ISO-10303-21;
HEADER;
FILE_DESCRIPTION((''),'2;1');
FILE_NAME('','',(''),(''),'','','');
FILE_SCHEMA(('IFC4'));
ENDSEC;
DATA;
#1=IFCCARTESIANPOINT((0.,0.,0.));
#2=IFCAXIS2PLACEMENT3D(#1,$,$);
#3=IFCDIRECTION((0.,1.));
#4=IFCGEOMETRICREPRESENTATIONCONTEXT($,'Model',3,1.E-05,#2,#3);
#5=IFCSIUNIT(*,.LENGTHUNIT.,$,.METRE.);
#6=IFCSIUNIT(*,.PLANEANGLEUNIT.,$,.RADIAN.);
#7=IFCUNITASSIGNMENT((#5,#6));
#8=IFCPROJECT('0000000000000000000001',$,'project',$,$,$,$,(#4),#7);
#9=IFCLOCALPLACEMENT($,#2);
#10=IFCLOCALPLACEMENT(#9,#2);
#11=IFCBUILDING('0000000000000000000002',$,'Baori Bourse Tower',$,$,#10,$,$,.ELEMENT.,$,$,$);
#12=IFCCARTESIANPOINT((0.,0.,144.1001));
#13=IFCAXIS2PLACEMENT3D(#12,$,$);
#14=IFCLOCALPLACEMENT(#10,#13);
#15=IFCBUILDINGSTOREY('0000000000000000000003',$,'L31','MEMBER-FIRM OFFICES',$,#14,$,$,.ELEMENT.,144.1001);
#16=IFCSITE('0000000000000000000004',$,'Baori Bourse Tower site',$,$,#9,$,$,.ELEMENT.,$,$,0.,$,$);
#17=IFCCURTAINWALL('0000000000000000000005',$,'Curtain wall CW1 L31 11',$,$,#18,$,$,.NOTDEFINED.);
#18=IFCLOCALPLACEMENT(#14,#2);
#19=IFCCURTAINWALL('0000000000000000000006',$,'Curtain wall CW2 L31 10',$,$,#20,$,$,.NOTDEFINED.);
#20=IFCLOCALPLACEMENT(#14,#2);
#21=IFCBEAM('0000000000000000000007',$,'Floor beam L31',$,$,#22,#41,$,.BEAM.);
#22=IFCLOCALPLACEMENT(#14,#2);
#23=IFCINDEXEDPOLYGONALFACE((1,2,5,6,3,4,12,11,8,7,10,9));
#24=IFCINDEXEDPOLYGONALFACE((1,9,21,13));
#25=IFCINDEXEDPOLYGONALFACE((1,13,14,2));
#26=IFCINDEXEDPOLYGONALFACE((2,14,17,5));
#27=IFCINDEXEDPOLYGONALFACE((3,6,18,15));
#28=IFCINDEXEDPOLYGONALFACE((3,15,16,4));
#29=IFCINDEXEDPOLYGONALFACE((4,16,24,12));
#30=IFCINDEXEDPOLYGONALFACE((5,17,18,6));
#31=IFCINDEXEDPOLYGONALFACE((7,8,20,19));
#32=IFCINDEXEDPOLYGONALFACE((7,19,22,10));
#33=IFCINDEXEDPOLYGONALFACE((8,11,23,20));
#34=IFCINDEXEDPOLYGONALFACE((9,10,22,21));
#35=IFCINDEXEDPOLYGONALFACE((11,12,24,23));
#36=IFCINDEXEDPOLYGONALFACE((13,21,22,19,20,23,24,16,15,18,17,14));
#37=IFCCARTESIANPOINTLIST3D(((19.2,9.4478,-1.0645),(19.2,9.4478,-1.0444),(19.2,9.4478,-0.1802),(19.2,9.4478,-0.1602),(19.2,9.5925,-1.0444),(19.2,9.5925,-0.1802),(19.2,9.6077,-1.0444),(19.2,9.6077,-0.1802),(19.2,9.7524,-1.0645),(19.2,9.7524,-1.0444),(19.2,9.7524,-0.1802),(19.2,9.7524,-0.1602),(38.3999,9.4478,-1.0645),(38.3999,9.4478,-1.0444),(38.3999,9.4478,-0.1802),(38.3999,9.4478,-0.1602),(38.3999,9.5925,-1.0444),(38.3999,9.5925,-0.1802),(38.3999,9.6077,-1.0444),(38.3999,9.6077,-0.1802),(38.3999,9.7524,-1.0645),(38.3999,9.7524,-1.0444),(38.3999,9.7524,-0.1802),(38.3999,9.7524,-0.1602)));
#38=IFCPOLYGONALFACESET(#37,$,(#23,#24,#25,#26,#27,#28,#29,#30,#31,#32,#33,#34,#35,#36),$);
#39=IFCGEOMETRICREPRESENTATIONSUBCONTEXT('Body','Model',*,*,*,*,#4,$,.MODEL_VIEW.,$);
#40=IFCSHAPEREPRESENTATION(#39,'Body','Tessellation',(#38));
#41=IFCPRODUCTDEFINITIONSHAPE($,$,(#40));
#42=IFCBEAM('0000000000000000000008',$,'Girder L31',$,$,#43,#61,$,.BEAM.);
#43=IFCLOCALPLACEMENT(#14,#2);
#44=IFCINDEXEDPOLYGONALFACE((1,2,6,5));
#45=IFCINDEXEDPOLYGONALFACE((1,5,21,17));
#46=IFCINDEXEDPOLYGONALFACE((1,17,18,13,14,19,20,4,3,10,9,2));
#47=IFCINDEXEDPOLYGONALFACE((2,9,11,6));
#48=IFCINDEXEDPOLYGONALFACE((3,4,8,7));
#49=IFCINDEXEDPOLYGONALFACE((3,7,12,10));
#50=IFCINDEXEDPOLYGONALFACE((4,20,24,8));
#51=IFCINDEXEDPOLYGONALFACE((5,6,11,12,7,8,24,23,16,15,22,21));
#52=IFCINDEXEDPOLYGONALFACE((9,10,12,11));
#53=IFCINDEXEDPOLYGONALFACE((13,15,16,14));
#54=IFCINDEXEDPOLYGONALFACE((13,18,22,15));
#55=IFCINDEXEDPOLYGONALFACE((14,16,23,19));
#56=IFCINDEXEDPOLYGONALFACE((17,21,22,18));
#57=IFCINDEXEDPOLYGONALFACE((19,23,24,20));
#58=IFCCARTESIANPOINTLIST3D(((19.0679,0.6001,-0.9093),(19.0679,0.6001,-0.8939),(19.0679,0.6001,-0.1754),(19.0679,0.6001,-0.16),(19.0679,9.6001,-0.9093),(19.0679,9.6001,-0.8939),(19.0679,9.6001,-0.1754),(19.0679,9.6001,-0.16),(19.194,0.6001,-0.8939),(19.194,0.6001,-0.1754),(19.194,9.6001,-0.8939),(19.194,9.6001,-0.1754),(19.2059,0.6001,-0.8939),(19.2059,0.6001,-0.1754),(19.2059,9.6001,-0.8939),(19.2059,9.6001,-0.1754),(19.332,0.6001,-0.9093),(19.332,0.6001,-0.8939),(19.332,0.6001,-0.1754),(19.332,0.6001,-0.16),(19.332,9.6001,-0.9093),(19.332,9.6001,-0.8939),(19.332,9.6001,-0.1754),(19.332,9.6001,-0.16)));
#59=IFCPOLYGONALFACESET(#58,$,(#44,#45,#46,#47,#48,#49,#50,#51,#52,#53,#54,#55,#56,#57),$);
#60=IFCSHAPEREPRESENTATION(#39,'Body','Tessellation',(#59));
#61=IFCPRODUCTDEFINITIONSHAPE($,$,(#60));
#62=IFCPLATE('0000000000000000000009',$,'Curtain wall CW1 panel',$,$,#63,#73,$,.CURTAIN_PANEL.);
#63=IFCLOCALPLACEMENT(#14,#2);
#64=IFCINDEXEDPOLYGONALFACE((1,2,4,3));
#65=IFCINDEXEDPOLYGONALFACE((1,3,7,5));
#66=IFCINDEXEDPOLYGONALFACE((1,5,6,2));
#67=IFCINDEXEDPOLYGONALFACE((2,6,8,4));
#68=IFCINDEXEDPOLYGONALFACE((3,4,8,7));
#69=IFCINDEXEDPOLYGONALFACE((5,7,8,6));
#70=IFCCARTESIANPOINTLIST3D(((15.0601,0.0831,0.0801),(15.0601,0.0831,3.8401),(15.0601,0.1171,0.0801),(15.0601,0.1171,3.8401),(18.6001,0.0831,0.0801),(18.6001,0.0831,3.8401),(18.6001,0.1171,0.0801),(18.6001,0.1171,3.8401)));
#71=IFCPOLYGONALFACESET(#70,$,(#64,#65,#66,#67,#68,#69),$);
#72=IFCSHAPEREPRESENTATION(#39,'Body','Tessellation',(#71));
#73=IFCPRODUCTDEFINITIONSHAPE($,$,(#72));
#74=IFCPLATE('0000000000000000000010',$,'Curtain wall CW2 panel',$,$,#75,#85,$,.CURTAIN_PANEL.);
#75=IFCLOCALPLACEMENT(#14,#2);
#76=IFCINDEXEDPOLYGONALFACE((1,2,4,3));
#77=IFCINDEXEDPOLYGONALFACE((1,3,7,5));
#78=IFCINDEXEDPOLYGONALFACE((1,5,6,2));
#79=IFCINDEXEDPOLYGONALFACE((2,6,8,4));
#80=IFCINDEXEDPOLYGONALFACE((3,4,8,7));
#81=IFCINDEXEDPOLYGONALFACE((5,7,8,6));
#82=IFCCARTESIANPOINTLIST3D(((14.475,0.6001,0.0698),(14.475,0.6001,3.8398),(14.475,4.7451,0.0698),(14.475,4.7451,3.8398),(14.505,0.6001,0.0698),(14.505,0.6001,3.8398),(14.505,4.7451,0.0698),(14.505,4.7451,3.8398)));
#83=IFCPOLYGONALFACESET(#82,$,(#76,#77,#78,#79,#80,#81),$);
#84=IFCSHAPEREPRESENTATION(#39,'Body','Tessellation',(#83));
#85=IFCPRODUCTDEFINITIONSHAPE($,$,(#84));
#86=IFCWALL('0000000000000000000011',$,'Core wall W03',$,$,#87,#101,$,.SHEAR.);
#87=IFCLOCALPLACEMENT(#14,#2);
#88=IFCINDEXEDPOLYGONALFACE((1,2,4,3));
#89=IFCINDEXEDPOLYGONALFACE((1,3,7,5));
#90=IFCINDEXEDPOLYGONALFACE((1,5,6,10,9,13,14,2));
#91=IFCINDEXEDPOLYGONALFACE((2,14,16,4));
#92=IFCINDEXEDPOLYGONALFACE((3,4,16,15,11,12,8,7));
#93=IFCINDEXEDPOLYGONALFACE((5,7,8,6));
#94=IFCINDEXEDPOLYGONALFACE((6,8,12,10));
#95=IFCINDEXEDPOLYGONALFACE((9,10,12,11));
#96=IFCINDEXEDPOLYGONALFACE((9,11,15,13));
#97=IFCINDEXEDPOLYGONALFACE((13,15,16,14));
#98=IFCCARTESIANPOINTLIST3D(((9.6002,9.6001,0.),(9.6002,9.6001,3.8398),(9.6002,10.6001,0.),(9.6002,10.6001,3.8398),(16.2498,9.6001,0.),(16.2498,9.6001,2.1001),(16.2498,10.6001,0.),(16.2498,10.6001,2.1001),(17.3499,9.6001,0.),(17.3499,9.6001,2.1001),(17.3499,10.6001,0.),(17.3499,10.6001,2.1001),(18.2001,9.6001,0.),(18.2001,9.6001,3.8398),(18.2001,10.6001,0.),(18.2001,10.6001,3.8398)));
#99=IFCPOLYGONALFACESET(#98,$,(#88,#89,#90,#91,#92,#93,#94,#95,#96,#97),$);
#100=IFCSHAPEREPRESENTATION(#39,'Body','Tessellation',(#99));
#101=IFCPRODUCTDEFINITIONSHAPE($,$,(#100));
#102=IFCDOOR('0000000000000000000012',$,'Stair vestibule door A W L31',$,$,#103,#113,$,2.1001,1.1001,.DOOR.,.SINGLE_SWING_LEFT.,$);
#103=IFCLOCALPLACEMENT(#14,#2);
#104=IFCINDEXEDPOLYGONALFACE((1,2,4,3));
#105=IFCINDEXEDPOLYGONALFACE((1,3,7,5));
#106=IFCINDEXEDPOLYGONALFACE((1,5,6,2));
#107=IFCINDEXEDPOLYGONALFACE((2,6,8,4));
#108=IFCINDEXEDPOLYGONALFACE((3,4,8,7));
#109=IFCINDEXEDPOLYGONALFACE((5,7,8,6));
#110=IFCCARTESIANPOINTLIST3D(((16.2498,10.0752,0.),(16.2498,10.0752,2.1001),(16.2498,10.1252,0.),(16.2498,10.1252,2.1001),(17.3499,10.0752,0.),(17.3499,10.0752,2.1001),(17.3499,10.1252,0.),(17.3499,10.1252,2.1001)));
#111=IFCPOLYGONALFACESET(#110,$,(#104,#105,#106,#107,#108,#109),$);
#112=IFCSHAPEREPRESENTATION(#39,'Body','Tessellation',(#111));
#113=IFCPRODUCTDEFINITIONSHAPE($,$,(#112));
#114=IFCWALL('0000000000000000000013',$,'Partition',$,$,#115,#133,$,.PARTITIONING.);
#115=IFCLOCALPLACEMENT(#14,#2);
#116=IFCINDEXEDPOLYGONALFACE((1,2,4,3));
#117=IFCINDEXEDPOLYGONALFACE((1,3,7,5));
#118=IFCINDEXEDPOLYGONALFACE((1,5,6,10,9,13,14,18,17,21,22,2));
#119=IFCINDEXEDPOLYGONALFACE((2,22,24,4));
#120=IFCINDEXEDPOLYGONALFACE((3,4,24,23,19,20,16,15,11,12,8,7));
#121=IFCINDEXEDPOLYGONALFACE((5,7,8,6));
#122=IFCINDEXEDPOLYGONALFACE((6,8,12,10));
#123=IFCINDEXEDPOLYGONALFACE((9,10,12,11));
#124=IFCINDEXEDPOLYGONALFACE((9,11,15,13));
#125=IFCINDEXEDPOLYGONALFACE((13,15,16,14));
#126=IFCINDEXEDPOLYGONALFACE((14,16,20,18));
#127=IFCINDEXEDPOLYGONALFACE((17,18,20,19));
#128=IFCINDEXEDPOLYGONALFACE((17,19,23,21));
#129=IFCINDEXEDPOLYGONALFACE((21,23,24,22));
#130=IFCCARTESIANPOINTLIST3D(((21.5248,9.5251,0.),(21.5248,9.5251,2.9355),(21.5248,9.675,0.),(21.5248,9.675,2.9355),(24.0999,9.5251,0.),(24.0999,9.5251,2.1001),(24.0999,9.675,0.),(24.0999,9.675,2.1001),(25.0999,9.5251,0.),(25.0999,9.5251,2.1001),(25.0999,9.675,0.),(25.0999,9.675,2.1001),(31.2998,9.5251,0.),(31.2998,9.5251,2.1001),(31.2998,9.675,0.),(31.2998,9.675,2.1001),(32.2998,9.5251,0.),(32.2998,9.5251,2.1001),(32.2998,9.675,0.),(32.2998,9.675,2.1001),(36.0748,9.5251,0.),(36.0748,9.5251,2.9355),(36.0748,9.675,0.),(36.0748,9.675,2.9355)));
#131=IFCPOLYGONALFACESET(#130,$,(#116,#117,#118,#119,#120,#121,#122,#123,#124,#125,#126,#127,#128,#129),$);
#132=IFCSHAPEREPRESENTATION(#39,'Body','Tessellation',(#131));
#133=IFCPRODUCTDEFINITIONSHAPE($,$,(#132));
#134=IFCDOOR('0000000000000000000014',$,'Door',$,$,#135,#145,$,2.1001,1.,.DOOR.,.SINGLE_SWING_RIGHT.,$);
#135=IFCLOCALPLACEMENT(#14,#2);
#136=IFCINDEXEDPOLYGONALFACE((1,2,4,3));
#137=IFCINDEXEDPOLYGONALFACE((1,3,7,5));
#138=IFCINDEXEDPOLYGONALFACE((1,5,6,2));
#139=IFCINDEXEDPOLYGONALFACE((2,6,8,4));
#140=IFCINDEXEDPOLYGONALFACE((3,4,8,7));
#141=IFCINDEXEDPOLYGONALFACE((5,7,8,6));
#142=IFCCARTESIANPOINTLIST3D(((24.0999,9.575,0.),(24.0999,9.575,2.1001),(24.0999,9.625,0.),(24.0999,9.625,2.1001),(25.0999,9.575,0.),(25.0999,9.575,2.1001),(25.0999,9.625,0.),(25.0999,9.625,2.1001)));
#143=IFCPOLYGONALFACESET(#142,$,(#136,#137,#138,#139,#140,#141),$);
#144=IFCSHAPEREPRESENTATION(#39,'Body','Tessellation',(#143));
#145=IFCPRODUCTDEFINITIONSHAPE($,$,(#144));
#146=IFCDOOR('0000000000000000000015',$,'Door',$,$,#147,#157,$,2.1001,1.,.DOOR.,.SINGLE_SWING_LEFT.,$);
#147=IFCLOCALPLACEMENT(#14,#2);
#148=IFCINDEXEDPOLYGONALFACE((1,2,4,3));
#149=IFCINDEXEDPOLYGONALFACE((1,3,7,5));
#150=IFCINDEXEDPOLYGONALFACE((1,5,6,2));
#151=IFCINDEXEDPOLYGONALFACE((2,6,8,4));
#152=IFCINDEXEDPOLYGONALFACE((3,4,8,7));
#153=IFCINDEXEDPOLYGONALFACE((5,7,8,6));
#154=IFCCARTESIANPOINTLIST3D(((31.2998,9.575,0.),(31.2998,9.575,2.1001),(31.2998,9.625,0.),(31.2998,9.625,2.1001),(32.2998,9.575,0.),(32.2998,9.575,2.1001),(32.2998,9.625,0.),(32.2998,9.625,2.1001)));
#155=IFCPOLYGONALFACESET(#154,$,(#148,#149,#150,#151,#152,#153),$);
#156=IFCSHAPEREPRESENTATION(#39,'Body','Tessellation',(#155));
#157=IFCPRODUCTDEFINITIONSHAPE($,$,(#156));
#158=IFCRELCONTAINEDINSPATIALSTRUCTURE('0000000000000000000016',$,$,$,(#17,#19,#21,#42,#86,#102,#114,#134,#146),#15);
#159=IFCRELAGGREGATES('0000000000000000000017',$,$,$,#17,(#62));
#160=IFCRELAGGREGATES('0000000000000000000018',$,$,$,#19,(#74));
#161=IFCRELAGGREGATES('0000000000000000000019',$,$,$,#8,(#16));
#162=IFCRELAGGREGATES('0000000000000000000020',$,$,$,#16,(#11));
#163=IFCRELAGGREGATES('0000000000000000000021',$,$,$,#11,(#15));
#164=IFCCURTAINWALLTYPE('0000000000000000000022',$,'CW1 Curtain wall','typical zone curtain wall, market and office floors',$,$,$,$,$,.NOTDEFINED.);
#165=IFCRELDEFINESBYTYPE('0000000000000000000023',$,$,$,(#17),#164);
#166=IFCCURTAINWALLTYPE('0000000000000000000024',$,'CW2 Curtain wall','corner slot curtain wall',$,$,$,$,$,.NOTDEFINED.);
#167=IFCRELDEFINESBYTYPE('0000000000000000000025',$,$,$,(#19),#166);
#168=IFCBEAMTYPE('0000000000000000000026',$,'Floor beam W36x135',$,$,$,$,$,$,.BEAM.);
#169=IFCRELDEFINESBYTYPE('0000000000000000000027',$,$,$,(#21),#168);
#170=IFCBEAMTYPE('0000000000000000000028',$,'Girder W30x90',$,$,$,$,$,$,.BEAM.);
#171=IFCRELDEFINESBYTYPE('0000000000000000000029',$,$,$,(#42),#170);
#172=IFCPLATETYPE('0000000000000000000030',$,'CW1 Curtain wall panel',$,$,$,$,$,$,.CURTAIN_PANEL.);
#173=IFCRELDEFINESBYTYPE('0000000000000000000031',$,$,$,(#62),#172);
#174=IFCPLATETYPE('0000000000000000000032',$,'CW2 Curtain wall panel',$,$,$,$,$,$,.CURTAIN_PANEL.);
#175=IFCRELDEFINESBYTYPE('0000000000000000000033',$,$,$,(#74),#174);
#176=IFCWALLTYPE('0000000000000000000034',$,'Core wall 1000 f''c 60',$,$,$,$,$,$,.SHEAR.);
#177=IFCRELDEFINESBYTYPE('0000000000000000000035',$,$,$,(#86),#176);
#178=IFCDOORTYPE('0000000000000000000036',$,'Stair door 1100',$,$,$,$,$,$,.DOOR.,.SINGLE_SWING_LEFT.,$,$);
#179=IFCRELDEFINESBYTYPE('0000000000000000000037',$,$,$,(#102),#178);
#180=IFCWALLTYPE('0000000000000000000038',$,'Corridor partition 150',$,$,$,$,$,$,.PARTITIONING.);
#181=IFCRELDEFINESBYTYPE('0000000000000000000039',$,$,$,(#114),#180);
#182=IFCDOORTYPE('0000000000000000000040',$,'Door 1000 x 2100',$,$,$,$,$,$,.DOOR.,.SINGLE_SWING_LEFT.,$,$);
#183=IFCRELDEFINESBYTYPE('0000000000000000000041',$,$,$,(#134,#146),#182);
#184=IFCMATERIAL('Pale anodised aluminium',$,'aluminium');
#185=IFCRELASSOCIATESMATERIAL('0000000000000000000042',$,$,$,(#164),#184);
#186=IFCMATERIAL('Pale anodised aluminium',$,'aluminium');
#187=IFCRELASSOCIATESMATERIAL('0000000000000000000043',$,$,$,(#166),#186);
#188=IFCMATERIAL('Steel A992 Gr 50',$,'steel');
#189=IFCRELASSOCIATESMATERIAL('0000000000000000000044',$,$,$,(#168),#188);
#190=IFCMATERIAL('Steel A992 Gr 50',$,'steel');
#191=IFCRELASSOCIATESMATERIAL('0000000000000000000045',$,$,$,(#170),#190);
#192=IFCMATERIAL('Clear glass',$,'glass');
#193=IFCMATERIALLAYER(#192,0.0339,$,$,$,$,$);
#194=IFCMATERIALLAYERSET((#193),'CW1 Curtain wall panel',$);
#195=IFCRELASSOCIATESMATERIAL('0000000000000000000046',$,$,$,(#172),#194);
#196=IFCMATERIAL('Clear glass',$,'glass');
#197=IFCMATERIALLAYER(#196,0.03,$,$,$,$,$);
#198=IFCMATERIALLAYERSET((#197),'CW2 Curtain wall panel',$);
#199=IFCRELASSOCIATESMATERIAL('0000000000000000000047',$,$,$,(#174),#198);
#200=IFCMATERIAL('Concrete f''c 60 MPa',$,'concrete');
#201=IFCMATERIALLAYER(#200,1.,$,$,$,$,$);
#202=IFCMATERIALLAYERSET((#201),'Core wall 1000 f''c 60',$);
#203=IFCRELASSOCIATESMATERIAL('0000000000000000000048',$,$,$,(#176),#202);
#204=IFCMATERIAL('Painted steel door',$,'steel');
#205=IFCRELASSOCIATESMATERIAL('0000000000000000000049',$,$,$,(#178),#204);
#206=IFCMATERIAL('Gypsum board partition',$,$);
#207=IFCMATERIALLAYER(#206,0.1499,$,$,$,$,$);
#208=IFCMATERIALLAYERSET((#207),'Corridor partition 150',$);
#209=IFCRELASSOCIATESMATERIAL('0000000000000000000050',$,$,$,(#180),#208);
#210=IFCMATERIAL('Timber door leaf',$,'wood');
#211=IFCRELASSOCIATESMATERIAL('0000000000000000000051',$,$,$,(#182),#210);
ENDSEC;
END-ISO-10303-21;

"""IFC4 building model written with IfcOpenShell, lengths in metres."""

from ifc_helpers import new_model, si_unit, direction, frame, frame_2d, origin, origin_2d, place, context, subcontext, project, spatial, rectangle, i_section, extrude, material, layer, layer_set, material_profile, profile_set, type_object, element, fill, aggregate, save


model = new_model("IFC4")

# Units and contexts
model_context = context("Model", 3, precision=1e-05, world=origin(), true_north=direction((0.0, 1.0)))
body_context = subcontext(model_context, "Body", "Model", "MODEL_VIEW")
ifc_project = project(units=[si_unit("LENGTHUNIT", "METRE"), si_unit("PLANEANGLEUNIT", "RADIAN")], contexts=[model_context])

# Site, building, storey
site_placement = place(None, origin())
site = spatial("IfcSite", under=ifc_project, at=site_placement, Name="Baori Bourse Tower site", CompositionType="ELEMENT", RefElevation=0.0)
building_placement = place(site_placement, origin())
building = spatial("IfcBuilding", under=site, at=building_placement, Name="Baori Bourse Tower", CompositionType="ELEMENT")
storey_placement = place(building_placement, frame((0.0, 0.0, 144.1001)))
storey = spatial("IfcBuildingStorey", under=building, at=storey_placement, Name="L31", Description="MEMBER-FIRM OFFICES", CompositionType="ELEMENT", Elevation=144.1001)

# Curtain walls
ifc_material_1 = material(Name="Pale anodised aluminium", Category="aluminium")
curtain_wall_type_1 = type_object("IfcCurtainWallType", Name="CW1 Curtain wall", Description="typical zone curtain wall, market and office floors", PredefinedType="NOTDEFINED", material=ifc_material_1)
curtain_wall_1_placement = place(storey_placement, origin())
curtain_wall_1 = element("IfcCurtainWall", 1, at=curtain_wall_1_placement, inside=storey, type_object=curtain_wall_type_1, Name="Curtain wall CW1 L31 11", PredefinedType="NOTDEFINED")
ifc_material_2 = material(Name="Pale anodised aluminium", Category="aluminium")
curtain_wall_type_2 = type_object("IfcCurtainWallType", Name="CW2 Curtain wall", Description="corner slot curtain wall", PredefinedType="NOTDEFINED", material=ifc_material_2)
curtain_wall_2_placement = place(storey_placement, origin())
curtain_wall_2 = element("IfcCurtainWall", 2, at=curtain_wall_2_placement, inside=storey, type_object=curtain_wall_type_2, Name="Curtain wall CW2 L31 10", PredefinedType="NOTDEFINED")

# Beams
ifc_material_3 = material(Name="Steel A992 Gr 50", Category="steel")
ifc_material_profile_1 = material_profile(ifc_material_3, i_section(OverallWidth=0.3047, OverallDepth=0.9043, WebThickness=0.0151, FlangeThickness=0.02, at=origin_2d()), Name="W36x135")
ifc_profile_set_1 = profile_set([ifc_material_profile_1], Name="Steel A992 Gr 50")
beam_type_1 = type_object("IfcBeamType", Name="Floor beam W36x135", PredefinedType="BEAM", material=ifc_profile_set_1)
beam_1_placement = place(storey_placement, frame((19.2, 9.6001, -0.6123), z_axis=(1.0, 0.0, 0.0), x_axis=(0.0, 1.0, 0.0)))
element("IfcBeam", 3, at=beam_1_placement, inside=storey, type_object=beam_type_1, Name="Floor beam L31", PredefinedType="BEAM", context=body_context, shape_type="SweptSolid", body=[
    extrude(i_section(OverallWidth=0.3047, OverallDepth=0.9043, WebThickness=0.0151, FlangeThickness=0.02, at=origin_2d()), origin(), (0.0, 0.0, 1.0), 19.2),
])
ifc_material_4 = material(Name="Steel A992 Gr 50", Category="steel")
ifc_material_profile_2 = material_profile(ifc_material_4, i_section(OverallWidth=0.2642, OverallDepth=0.7493, WebThickness=0.012, FlangeThickness=0.0154, at=origin_2d()), Name="W30x90")
ifc_profile_set_2 = profile_set([ifc_material_profile_2], Name="Steel A992 Gr 50")
beam_type_2 = type_object("IfcBeamType", Name="Girder W30x90", PredefinedType="BEAM", material=ifc_profile_set_2)
beam_2_placement = place(storey_placement, frame((19.2, 0.6001, -0.5347), z_axis=(0.0, 1.0, 0.0), x_axis=(-1.0, 0.0, 0.0)))
element("IfcBeam", 4, at=beam_2_placement, inside=storey, type_object=beam_type_2, Name="Girder L31", PredefinedType="BEAM", context=body_context, shape_type="SweptSolid", body=[
    extrude(i_section(OverallWidth=0.2642, OverallDepth=0.7493, WebThickness=0.012, FlangeThickness=0.0154, at=origin_2d()), origin(), (0.0, 0.0, 1.0), 9.0),
])

# Plates
ifc_material_5 = material(Name="Clear glass", Category="glass")
ifc_layer_1 = layer(ifc_material_5, 0.0339)
ifc_layer_set_1 = layer_set([ifc_layer_1], Name="CW1 Curtain wall panel")
plate_type_1 = type_object("IfcPlateType", Name="CW1 Curtain wall panel", PredefinedType="CURTAIN_PANEL", material=ifc_layer_set_1)
plate_1_placement = place(storey_placement, frame((16.8301, 0.1001, 0.0801), z_axis=(0.0, 0.0, 1.0), x_axis=(1.0, 0.0, 0.0)))
plate_1 = element("IfcPlate", 5, at=plate_1_placement, type_object=plate_type_1, Name="Curtain wall CW1 panel", PredefinedType="CURTAIN_PANEL", context=body_context, shape_type="SweptSolid", body=[
    extrude(rectangle(XDim=3.54, YDim=0.0339, at=origin_2d()), origin(), (0.0, 0.0, 1.0), 3.76),
])
aggregate(curtain_wall_1, [plate_1])
ifc_material_6 = material(Name="Clear glass", Category="glass")
ifc_layer_2 = layer(ifc_material_6, 0.03)
ifc_layer_set_2 = layer_set([ifc_layer_2], Name="CW2 Curtain wall panel")
plate_type_2 = type_object("IfcPlateType", Name="CW2 Curtain wall panel", PredefinedType="CURTAIN_PANEL", material=ifc_layer_set_2)
plate_2_placement = place(storey_placement, frame((14.49, 2.6726, 0.0698), z_axis=(0.0, 0.0, 1.0), x_axis=(0.0, -1.0, 0.0)))
plate_2 = element("IfcPlate", 6, at=plate_2_placement, type_object=plate_type_2, Name="Curtain wall CW2 panel", PredefinedType="CURTAIN_PANEL", context=body_context, shape_type="SweptSolid", body=[
    extrude(rectangle(XDim=4.145, YDim=0.03, at=origin_2d()), origin(), (0.0, 0.0, 1.0), 3.77),
])
aggregate(curtain_wall_2, [plate_2])

# Wall, opening, door
ifc_material_7 = material(Name="Concrete f'c 60 MPa", Category="concrete")
ifc_layer_3 = layer(ifc_material_7, 1.0)
ifc_layer_set_3 = layer_set([ifc_layer_3], Name="Core wall 1000 f'c 60")
wall_type_1 = type_object("IfcWallType", Name="Core wall 1000 f'c 60", PredefinedType="SHEAR", material=ifc_layer_set_3)
wall_1_placement = place(storey_placement, frame((18.2, 10.1001, 0.0), z_axis=(0.0, 0.0, 1.0), x_axis=(-1.0, 0.0, 0.0)))
wall_1 = element("IfcWall", 7, at=wall_1_placement, inside=storey, type_object=wall_type_1, Name="Core wall W03", PredefinedType="SHEAR", context=body_context, shape_type="SweptSolid", body=[
    extrude(rectangle(XDim=8.5999, YDim=1.0, at=frame_2d((4.2998, 0.0))), origin(), (0.0, 0.0, 1.0), 3.8398),
])
opening_1_placement = place(wall_1_placement, frame((0.8501, 0.0, 0.0)))
opening_1 = element("IfcOpeningElement", 8, at=opening_1_placement, cuts=wall_1, PredefinedType="OPENING", context=body_context, shape_type="SweptSolid", body=[
    extrude(rectangle(XDim=1.1001, YDim=2.1001, at=frame_2d((0.55, 1.05))), frame((0.0, 0.51, 0.0), z_axis=(0.0, -1.0, 0.0), x_axis=(1.0, 0.0, 0.0)), (0.0, 0.0, 1.0), 1.02),
])
ifc_material_8 = material(Name="Painted steel door", Category="steel")
door_type_1 = type_object("IfcDoorType", Name="Stair door 1100", OperationType="SINGLE_SWING_LEFT", PredefinedType="DOOR", material=ifc_material_8)
door_1_placement = place(opening_1_placement, origin())
door_1 = element("IfcDoor", 9, at=door_1_placement, inside=storey, type_object=door_type_1, Name="Stair vestibule door A W L31", OperationType="SINGLE_SWING_LEFT", OverallHeight=2.1001, OverallWidth=1.1001, PredefinedType="DOOR", context=body_context, shape_type="SweptSolid", body=[
    extrude(rectangle(XDim=1.1001, YDim=2.1001, at=frame_2d((0.55, 1.05))), frame((0.0, 0.0249, 0.0), z_axis=(0.0, -1.0, 0.0), x_axis=(1.0, 0.0, 0.0)), (0.0, 0.0, 1.0), 0.05),
])
fill(opening_1, door_1)

# Wall, openings, doors
ifc_material_9 = material(Name="Gypsum board partition")
ifc_layer_4 = layer(ifc_material_9, 0.1499)
ifc_layer_set_4 = layer_set([ifc_layer_4], Name="Corridor partition 150")
wall_type_2 = type_object("IfcWallType", Name="Corridor partition 150", PredefinedType="PARTITIONING", material=ifc_layer_set_4)
wall_2_placement = place(storey_placement, frame((21.5249, 9.6001, 0.0), z_axis=(0.0, 0.0, 1.0), x_axis=(1.0, 0.0, 0.0)))
wall_2 = element("IfcWall", 10, at=wall_2_placement, inside=storey, type_object=wall_type_2, Name="Partition", PredefinedType="PARTITIONING", context=body_context, shape_type="SweptSolid", body=[
    extrude(rectangle(XDim=14.55, YDim=0.1499, at=frame_2d((7.2749, 0.0))), origin(), (0.0, 0.0, 1.0), 2.9355),
])
opening_2_placement = place(wall_2_placement, frame((2.575, 0.0, 0.0)))
opening_2 = element("IfcOpeningElement", 11, at=opening_2_placement, cuts=wall_2, PredefinedType="OPENING", context=body_context, shape_type="SweptSolid", body=[
    extrude(rectangle(XDim=1.0, YDim=2.1001, at=frame_2d((0.5, 1.05))), frame((0.0, 0.085, 0.0), z_axis=(0.0, -1.0, 0.0), x_axis=(1.0, 0.0, 0.0)), (0.0, 0.0, 1.0), 0.1699),
])
opening_3_placement = place(wall_2_placement, frame((9.7749, 0.0, 0.0)))
opening_3 = element("IfcOpeningElement", 12, at=opening_3_placement, cuts=wall_2, PredefinedType="OPENING", context=body_context, shape_type="SweptSolid", body=[
    extrude(rectangle(XDim=1.0, YDim=2.1001, at=frame_2d((0.5, 1.05))), frame((0.0, 0.085, 0.0), z_axis=(0.0, -1.0, 0.0), x_axis=(1.0, 0.0, 0.0)), (0.0, 0.0, 1.0), 0.1699),
])
ifc_material_10 = material(Name="Timber door leaf", Category="wood")
door_type_2 = type_object("IfcDoorType", Name="Door 1000 x 2100", OperationType="SINGLE_SWING_LEFT", PredefinedType="DOOR", material=ifc_material_10)
door_2_placement = place(opening_2_placement, origin())
door_2 = element("IfcDoor", 13, at=door_2_placement, inside=storey, type_object=door_type_2, Name="Door", OperationType="SINGLE_SWING_RIGHT", OverallHeight=2.1001, OverallWidth=1.0, PredefinedType="DOOR", context=body_context, shape_type="SweptSolid", body=[
    extrude(rectangle(XDim=1.0, YDim=2.1001, at=frame_2d((0.5, 1.05))), frame((0.0, 0.0249, 0.0), z_axis=(0.0, -1.0, 0.0), x_axis=(1.0, 0.0, 0.0)), (0.0, 0.0, 1.0), 0.05),
])
fill(opening_2, door_2)
door_3_placement = place(opening_3_placement, origin())
door_3 = element("IfcDoor", 14, at=door_3_placement, inside=storey, type_object=door_type_2, Name="Door", OperationType="SINGLE_SWING_LEFT", OverallHeight=2.1001, OverallWidth=1.0, PredefinedType="DOOR", context=body_context, shape_type="SweptSolid", body=[
    extrude(rectangle(XDim=1.0, YDim=2.1001, at=frame_2d((0.5, 1.05))), frame((0.0, 0.0249, 0.0), z_axis=(0.0, -1.0, 0.0), x_axis=(1.0, 0.0, 0.0)), (0.0, 0.0, 1.0), 0.05),
])
fill(opening_3, door_3)

save(model, "model.ifc")
